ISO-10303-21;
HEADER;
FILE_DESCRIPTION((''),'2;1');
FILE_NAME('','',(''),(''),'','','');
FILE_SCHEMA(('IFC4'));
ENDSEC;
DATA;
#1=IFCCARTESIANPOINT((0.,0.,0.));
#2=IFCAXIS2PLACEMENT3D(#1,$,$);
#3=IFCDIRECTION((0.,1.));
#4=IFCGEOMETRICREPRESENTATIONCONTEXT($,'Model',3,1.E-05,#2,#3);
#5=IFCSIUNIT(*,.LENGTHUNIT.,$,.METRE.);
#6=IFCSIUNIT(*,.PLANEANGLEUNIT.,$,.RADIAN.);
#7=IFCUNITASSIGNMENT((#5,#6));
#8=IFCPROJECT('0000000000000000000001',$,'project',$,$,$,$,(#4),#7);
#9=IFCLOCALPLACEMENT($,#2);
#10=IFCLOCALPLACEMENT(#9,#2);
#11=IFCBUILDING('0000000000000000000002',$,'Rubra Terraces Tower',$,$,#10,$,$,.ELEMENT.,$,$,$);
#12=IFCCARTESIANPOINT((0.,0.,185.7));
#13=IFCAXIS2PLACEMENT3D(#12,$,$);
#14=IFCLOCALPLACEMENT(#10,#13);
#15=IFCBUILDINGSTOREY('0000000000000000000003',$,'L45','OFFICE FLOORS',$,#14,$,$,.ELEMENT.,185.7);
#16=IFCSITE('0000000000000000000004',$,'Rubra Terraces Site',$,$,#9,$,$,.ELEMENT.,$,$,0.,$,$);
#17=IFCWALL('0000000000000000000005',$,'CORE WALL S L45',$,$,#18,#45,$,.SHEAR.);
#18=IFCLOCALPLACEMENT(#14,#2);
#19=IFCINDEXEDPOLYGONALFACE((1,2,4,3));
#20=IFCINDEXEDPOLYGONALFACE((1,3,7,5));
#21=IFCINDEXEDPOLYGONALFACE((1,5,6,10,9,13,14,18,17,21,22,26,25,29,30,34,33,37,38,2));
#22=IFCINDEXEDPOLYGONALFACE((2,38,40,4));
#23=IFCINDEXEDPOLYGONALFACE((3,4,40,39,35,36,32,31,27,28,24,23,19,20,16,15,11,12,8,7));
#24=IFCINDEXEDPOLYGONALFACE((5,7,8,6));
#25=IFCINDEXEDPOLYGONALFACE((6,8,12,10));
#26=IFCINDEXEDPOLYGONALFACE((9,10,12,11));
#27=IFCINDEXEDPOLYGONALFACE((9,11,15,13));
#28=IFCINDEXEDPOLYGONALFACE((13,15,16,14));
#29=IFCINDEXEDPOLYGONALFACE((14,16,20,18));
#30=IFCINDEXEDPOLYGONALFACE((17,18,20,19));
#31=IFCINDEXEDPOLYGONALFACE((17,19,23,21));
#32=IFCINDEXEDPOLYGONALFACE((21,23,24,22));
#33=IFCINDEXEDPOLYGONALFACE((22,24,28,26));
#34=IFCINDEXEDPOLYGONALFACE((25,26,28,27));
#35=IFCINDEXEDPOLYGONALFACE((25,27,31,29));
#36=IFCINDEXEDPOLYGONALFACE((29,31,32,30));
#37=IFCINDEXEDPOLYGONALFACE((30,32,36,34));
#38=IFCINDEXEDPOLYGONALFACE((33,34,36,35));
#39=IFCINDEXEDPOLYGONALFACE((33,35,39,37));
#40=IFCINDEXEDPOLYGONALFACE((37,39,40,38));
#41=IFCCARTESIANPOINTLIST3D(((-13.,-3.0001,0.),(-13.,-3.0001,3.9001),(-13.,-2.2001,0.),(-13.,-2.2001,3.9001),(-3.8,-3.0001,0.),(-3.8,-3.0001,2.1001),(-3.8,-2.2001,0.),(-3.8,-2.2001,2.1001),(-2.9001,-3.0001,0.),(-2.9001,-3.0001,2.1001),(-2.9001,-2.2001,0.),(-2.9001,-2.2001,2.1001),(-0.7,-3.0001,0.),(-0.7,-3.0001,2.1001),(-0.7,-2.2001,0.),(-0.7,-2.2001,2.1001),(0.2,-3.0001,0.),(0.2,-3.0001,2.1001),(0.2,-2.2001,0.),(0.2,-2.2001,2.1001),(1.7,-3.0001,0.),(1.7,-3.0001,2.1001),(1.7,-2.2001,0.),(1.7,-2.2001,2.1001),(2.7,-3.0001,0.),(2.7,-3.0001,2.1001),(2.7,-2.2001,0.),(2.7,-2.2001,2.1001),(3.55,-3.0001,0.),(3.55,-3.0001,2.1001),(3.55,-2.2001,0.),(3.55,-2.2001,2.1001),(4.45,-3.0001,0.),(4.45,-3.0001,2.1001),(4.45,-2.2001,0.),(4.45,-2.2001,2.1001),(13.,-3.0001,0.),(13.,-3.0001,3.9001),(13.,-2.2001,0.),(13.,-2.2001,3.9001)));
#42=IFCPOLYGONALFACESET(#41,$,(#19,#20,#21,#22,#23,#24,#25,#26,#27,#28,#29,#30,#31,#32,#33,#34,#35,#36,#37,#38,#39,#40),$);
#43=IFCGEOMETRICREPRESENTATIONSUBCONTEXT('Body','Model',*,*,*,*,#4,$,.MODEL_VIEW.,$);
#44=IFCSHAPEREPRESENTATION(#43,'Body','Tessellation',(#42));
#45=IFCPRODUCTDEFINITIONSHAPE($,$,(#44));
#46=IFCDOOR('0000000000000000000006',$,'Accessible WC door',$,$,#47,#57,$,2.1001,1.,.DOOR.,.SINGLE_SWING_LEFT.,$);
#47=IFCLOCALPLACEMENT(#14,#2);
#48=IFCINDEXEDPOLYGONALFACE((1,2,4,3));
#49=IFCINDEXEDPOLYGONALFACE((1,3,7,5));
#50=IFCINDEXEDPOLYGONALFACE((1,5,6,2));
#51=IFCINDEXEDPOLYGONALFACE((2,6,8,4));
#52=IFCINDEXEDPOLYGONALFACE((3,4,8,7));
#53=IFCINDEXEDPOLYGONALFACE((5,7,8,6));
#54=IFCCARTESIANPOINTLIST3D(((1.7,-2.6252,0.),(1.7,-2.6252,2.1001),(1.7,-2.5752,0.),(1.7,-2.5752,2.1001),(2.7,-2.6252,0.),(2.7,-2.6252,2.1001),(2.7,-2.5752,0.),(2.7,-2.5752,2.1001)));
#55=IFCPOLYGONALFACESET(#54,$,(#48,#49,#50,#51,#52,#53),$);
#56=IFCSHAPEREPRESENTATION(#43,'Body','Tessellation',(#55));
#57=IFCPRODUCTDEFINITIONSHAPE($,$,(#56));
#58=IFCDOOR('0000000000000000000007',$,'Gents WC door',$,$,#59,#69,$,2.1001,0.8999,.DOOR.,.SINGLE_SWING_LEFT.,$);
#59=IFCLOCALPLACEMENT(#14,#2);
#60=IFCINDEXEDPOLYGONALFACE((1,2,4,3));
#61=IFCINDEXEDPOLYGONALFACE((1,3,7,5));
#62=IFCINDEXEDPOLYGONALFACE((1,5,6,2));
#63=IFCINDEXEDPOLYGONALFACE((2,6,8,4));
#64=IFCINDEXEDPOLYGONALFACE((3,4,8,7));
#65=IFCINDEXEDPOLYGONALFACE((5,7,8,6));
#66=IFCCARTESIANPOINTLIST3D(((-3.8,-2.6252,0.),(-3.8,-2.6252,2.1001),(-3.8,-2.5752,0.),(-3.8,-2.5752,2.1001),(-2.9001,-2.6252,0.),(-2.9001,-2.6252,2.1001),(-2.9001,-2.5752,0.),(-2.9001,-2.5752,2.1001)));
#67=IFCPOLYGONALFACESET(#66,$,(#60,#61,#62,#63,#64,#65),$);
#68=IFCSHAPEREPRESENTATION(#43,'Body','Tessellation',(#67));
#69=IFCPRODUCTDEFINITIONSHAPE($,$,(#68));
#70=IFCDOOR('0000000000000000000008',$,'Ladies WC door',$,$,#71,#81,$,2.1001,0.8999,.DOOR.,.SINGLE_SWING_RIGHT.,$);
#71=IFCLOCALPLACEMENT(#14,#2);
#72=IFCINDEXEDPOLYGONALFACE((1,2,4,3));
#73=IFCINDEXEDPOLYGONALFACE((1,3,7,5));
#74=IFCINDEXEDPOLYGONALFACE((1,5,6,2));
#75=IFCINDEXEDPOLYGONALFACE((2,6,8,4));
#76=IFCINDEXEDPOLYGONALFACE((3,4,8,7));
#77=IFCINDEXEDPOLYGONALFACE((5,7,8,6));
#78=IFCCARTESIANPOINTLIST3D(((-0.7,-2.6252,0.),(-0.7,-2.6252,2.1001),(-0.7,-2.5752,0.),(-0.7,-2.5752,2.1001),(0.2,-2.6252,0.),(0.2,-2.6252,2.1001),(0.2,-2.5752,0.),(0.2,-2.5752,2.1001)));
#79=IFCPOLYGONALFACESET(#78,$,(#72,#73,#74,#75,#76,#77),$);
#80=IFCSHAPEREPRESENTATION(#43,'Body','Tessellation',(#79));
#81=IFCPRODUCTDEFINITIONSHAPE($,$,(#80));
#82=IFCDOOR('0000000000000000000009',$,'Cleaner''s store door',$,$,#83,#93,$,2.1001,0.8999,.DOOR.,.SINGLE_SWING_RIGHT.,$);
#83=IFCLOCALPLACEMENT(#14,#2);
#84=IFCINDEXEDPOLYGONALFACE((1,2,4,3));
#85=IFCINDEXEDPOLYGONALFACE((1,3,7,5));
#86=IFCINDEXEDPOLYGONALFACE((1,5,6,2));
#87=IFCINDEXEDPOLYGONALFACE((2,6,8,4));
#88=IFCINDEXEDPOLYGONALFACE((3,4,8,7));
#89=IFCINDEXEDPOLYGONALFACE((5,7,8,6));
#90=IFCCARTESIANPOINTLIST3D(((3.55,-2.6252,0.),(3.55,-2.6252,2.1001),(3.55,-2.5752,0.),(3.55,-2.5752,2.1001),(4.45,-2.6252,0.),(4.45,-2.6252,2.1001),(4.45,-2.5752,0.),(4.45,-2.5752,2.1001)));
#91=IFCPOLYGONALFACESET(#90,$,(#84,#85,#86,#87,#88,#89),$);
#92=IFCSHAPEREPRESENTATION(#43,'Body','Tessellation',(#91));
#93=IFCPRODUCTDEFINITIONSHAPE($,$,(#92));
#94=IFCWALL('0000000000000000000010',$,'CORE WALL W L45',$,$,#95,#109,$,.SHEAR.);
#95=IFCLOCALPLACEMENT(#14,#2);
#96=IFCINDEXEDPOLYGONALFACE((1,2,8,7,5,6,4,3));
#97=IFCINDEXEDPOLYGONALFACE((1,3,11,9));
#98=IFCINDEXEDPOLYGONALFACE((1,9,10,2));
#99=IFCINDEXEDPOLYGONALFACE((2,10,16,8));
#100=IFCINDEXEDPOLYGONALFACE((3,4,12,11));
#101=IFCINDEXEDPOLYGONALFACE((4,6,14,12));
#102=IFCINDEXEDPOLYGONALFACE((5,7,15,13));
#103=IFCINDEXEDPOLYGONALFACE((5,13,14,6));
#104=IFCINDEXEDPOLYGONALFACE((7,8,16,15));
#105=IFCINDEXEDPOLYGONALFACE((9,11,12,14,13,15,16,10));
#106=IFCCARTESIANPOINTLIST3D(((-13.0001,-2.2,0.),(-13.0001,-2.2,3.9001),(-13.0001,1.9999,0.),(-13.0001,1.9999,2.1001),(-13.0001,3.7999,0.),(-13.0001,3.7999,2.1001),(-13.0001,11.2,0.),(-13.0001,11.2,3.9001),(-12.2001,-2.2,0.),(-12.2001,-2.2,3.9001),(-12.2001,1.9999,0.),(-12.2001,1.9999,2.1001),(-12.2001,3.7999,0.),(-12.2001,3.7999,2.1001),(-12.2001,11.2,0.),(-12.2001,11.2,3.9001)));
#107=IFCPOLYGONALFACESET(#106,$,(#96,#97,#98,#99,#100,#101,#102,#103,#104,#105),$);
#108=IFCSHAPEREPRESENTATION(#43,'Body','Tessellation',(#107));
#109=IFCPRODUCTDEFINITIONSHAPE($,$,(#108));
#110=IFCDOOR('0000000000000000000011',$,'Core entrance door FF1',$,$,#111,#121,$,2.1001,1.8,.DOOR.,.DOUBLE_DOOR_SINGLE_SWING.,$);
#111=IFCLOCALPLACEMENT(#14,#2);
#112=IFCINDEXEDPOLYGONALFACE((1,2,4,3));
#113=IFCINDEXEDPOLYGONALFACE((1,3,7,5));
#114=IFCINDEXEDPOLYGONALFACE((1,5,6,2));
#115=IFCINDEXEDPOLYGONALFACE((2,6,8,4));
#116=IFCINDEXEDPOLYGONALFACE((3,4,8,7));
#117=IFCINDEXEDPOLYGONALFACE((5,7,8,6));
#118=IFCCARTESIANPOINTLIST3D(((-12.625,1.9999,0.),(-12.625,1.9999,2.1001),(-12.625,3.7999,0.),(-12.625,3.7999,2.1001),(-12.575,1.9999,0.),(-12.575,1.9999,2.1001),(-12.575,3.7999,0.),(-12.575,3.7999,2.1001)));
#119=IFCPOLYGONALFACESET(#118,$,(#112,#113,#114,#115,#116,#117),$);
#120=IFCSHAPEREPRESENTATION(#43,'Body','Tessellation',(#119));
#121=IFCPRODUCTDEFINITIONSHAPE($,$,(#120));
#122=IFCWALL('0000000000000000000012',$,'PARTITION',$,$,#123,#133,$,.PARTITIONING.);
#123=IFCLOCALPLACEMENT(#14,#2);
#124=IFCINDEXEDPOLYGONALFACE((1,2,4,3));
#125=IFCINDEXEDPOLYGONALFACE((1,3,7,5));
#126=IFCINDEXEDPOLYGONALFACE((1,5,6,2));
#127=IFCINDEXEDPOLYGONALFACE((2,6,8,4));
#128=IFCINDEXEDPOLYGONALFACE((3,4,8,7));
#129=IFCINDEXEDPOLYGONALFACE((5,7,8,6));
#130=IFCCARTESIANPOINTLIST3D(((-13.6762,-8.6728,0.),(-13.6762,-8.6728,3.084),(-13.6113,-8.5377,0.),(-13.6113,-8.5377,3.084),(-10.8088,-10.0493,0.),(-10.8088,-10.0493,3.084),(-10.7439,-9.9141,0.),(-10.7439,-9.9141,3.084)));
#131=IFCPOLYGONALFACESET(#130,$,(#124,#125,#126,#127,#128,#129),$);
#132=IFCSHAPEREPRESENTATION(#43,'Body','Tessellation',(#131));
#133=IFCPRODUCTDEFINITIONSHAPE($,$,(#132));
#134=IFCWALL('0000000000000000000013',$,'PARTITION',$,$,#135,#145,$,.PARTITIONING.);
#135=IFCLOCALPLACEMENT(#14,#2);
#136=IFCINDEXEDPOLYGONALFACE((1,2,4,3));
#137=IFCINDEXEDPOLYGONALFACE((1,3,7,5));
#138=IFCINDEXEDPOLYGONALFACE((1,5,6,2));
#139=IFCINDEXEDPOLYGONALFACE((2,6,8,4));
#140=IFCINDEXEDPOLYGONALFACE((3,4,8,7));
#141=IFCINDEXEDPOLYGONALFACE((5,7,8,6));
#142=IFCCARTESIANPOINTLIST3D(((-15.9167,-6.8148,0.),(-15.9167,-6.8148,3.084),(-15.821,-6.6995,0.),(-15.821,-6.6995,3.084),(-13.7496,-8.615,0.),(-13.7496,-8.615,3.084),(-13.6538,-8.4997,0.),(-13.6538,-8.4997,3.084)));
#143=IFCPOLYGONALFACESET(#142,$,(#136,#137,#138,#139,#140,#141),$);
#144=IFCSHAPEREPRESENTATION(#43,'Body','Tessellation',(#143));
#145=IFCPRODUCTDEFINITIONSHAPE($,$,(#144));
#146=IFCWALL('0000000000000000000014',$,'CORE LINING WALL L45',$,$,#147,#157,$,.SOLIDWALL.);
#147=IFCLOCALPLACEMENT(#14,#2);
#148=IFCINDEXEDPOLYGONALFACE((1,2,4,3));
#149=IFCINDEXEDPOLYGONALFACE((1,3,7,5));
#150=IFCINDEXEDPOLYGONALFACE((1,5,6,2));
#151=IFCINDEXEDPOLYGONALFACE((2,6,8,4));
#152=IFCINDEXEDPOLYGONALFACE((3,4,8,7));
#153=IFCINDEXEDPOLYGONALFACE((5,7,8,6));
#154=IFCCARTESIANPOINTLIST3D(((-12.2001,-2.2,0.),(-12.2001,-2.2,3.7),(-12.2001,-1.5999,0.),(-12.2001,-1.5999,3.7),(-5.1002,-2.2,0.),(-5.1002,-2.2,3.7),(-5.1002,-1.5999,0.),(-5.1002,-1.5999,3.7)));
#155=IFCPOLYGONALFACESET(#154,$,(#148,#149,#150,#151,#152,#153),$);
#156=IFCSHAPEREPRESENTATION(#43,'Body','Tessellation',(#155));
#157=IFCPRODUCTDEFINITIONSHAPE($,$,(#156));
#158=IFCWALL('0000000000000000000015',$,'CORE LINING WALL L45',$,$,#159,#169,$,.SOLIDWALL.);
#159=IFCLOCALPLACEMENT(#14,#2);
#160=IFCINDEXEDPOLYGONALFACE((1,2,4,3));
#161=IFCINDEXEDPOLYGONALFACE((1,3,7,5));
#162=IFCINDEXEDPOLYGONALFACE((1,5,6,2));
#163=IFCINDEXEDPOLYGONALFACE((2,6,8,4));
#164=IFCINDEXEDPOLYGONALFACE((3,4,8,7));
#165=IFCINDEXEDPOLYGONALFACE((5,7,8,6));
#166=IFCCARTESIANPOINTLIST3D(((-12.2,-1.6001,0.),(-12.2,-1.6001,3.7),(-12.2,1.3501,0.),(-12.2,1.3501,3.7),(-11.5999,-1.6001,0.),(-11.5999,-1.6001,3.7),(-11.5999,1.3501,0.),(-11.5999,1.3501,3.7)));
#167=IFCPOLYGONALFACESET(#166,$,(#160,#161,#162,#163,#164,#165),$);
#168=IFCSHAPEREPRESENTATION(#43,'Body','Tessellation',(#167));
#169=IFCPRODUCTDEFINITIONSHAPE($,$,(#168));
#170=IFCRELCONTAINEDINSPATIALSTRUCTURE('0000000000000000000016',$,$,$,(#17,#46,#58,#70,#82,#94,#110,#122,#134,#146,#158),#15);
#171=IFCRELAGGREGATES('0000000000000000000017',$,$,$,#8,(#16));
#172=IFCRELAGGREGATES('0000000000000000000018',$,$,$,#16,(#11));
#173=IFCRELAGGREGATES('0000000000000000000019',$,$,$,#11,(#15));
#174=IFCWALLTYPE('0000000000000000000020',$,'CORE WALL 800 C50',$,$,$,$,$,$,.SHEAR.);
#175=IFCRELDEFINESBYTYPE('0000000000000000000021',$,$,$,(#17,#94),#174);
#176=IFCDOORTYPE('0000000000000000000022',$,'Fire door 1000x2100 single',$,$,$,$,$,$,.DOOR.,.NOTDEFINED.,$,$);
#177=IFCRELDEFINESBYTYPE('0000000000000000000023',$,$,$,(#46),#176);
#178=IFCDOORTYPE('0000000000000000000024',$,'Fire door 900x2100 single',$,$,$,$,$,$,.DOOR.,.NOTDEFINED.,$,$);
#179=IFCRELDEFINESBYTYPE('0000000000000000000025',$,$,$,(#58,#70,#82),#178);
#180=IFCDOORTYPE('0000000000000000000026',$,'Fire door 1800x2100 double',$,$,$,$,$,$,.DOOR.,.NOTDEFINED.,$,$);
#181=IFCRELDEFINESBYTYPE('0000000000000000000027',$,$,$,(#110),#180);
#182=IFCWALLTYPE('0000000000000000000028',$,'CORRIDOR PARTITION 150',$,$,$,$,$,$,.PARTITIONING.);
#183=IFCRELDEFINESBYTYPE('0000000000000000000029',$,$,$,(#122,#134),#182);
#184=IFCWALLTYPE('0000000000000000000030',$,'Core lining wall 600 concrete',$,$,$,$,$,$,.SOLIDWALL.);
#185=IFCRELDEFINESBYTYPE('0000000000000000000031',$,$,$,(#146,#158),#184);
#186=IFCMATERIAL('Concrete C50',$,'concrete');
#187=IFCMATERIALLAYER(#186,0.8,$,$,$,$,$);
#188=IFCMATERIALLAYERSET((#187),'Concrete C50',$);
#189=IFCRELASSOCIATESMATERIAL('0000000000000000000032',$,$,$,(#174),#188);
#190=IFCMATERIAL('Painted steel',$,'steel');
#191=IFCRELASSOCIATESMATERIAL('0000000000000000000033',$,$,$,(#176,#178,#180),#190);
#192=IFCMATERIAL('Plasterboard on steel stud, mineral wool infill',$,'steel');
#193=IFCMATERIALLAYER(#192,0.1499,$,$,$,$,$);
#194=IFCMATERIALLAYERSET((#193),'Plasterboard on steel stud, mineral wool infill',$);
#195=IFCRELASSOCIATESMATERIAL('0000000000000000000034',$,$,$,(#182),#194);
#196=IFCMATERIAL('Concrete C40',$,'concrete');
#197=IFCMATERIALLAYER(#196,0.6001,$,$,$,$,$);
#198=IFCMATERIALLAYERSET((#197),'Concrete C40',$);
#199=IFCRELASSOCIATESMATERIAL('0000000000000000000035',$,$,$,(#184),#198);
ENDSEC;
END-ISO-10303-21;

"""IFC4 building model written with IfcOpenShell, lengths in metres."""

from ifc_helpers import new_model, si_unit, direction, frame, frame_2d, origin, place, context, subcontext, project, spatial, rectangle, extrude, material, layer, layer_set, type_object, element, fill, save


model = new_model("IFC4")

# Units and contexts
model_context = context("Model", 3, precision=1e-05, world=origin(), true_north=direction((0.0, 1.0)))
body_context = subcontext(model_context, "Body", "Model", "MODEL_VIEW")
ifc_project = project(units=[si_unit("LENGTHUNIT", "METRE"), si_unit("PLANEANGLEUNIT", "RADIAN")], contexts=[model_context])

# Site, building, storey
site_placement = place(None, origin())
site = spatial("IfcSite", under=ifc_project, at=site_placement, Name="Rubra Terraces Site", CompositionType="ELEMENT", RefElevation=0.0)
building_placement = place(site_placement, origin())
building = spatial("IfcBuilding", under=site, at=building_placement, Name="Rubra Terraces Tower", CompositionType="ELEMENT")
storey_placement = place(building_placement, frame((0.0, 0.0, 185.7)))
storey = spatial("IfcBuildingStorey", under=building, at=storey_placement, Name="L45", Description="OFFICE FLOORS", CompositionType="ELEMENT", Elevation=185.7)

# Wall, openings, doors
ifc_material_1 = material(Name="Concrete C50", Category="concrete")
ifc_layer_1 = layer(ifc_material_1, 0.8)
ifc_layer_set_1 = layer_set([ifc_layer_1], Name="Concrete C50")
wall_type_1 = type_object("IfcWallType", Name="CORE WALL 800 C50", PredefinedType="SHEAR", material=ifc_layer_set_1)
wall_1_placement = place(storey_placement, frame((-13.0, -2.6001, 0.0), z_axis=(0.0, 0.0, 1.0), x_axis=(1.0, 0.0, 0.0)))
wall_1 = element("IfcWall", 1, at=wall_1_placement, inside=storey, type_object=wall_type_1, Name="CORE WALL S L45", PredefinedType="SHEAR", context=body_context, shape_type="SweptSolid", body=[
    extrude(rectangle(XDim=26.0, YDim=0.8, at=frame_2d((13.0, 0.0))), origin(), (0.0, 0.0, 1.0), 3.9001),
])
opening_1_placement = place(wall_1_placement, frame((9.2, 0.0, 0.0)))
opening_1 = element("IfcOpeningElement", 2, at=opening_1_placement, cuts=wall_1, PredefinedType="OPENING", context=body_context, shape_type="SweptSolid", body=[
    extrude(rectangle(XDim=0.8999, YDim=2.1001, at=frame_2d((0.45, 1.05))), frame((0.0, 0.4099, 0.0), z_axis=(0.0, -1.0, 0.0), x_axis=(1.0, 0.0, 0.0)), (0.0, 0.0, 1.0), 0.8201),
])
opening_2_placement = place(wall_1_placement, frame((12.3, 0.0, 0.0)))
opening_2 = element("IfcOpeningElement", 3, at=opening_2_placement, cuts=wall_1, PredefinedType="OPENING", context=body_context, shape_type="SweptSolid", body=[
    extrude(rectangle(XDim=0.8999, YDim=2.1001, at=frame_2d((0.45, 1.05))), frame((0.0, 0.4099, 0.0), z_axis=(0.0, -1.0, 0.0), x_axis=(1.0, 0.0, 0.0)), (0.0, 0.0, 1.0), 0.8201),
])
opening_3_placement = place(wall_1_placement, frame((14.7, 0.0, 0.0)))
opening_3 = element("IfcOpeningElement", 4, at=opening_3_placement, cuts=wall_1, PredefinedType="OPENING", context=body_context, shape_type="SweptSolid", body=[
    extrude(rectangle(XDim=1.0, YDim=2.1001, at=frame_2d((0.5, 1.05))), frame((0.0, 0.4099, 0.0), z_axis=(0.0, -1.0, 0.0), x_axis=(1.0, 0.0, 0.0)), (0.0, 0.0, 1.0), 0.8201),
])
opening_4_placement = place(wall_1_placement, frame((16.55, 0.0, 0.0)))
opening_4 = element("IfcOpeningElement", 5, at=opening_4_placement, cuts=wall_1, PredefinedType="OPENING", context=body_context, shape_type="SweptSolid", body=[
    extrude(rectangle(XDim=0.8999, YDim=2.1001, at=frame_2d((0.45, 1.05))), frame((0.0, 0.4099, 0.0), z_axis=(0.0, -1.0, 0.0), x_axis=(1.0, 0.0, 0.0)), (0.0, 0.0, 1.0), 0.8201),
])
ifc_material_2 = material(Name="Painted steel", Category="steel")
door_type_1 = type_object("IfcDoorType", Name="Fire door 1000x2100 single", OperationType="NOTDEFINED", PredefinedType="DOOR", material=ifc_material_2)
door_1_placement = place(opening_3_placement, origin())
door_1 = element("IfcDoor", 6, at=door_1_placement, inside=storey, type_object=door_type_1, Name="Accessible WC door", OperationType="SINGLE_SWING_LEFT", OverallHeight=2.1001, OverallWidth=1.0, PredefinedType="DOOR", context=body_context, shape_type="SweptSolid", body=[
    extrude(rectangle(XDim=1.0, YDim=2.1001, at=frame_2d((0.5, 1.05))), frame((0.0, 0.0249, 0.0), z_axis=(0.0, -1.0, 0.0), x_axis=(1.0, 0.0, 0.0)), (0.0, 0.0, 1.0), 0.05),
])
fill(opening_3, door_1)
door_type_2 = type_object("IfcDoorType", Name="Fire door 900x2100 single", OperationType="NOTDEFINED", PredefinedType="DOOR", material=ifc_material_2)
door_2_placement = place(opening_1_placement, origin())
door_2 = element("IfcDoor", 7, at=door_2_placement, inside=storey, type_object=door_type_2, Name="Gents WC door", OperationType="SINGLE_SWING_LEFT", OverallHeight=2.1001, OverallWidth=0.8999, PredefinedType="DOOR", context=body_context, shape_type="SweptSolid", body=[
    extrude(rectangle(XDim=0.8999, YDim=2.1001, at=frame_2d((0.45, 1.05))), frame((0.0, 0.0249, 0.0), z_axis=(0.0, -1.0, 0.0), x_axis=(1.0, 0.0, 0.0)), (0.0, 0.0, 1.0), 0.05),
])
fill(opening_1, door_2)
door_3_placement = place(opening_2_placement, origin())
door_3 = element("IfcDoor", 8, at=door_3_placement, inside=storey, type_object=door_type_2, Name="Ladies WC door", OperationType="SINGLE_SWING_RIGHT", OverallHeight=2.1001, OverallWidth=0.8999, PredefinedType="DOOR", context=body_context, shape_type="SweptSolid", body=[
    extrude(rectangle(XDim=0.8999, YDim=2.1001, at=frame_2d((0.45, 1.05))), frame((0.0, 0.0249, 0.0), z_axis=(0.0, -1.0, 0.0), x_axis=(1.0, 0.0, 0.0)), (0.0, 0.0, 1.0), 0.05),
])
fill(opening_2, door_3)
door_4_placement = place(opening_4_placement, origin())
door_4 = element("IfcDoor", 9, at=door_4_placement, inside=storey, type_object=door_type_2, Name="Cleaner's store door", OperationType="SINGLE_SWING_RIGHT", OverallHeight=2.1001, OverallWidth=0.8999, PredefinedType="DOOR", context=body_context, shape_type="SweptSolid", body=[
    extrude(rectangle(XDim=0.8999, YDim=2.1001, at=frame_2d((0.45, 1.05))), frame((0.0, 0.0249, 0.0), z_axis=(0.0, -1.0, 0.0), x_axis=(1.0, 0.0, 0.0)), (0.0, 0.0, 1.0), 0.05),
])
fill(opening_4, door_4)

# Wall, opening, door
wall_2_placement = place(storey_placement, frame((-12.6001, -2.2, 0.0), z_axis=(0.0, 0.0, 1.0), x_axis=(0.0, 1.0, 0.0)))
wall_2 = element("IfcWall", 10, at=wall_2_placement, inside=storey, type_object=wall_type_1, Name="CORE WALL W L45", PredefinedType="SHEAR", context=body_context, shape_type="SweptSolid", body=[
    extrude(rectangle(XDim=13.3999, YDim=0.8, at=frame_2d((6.7, 0.0))), origin(), (0.0, 0.0, 1.0), 3.9001),
])
opening_5_placement = place(wall_2_placement, frame((4.2, 0.0, 0.0)))
opening_5 = element("IfcOpeningElement", 11, at=opening_5_placement, cuts=wall_2, PredefinedType="OPENING", context=body_context, shape_type="SweptSolid", body=[
    extrude(rectangle(XDim=1.8, YDim=2.1001, at=frame_2d((0.8999, 1.05))), frame((0.0, 0.4099, 0.0), z_axis=(0.0, -1.0, 0.0), x_axis=(1.0, 0.0, 0.0)), (0.0, 0.0, 1.0), 0.8201),
])
door_type_3 = type_object("IfcDoorType", Name="Fire door 1800x2100 double", OperationType="NOTDEFINED", PredefinedType="DOOR", material=ifc_material_2)
door_5_placement = place(opening_5_placement, origin())
door_5 = element("IfcDoor", 12, at=door_5_placement, inside=storey, type_object=door_type_3, Name="Core entrance door FF1", OperationType="DOUBLE_DOOR_SINGLE_SWING", OverallHeight=2.1001, OverallWidth=1.8, PredefinedType="DOOR", context=body_context, shape_type="SweptSolid", body=[
    extrude(rectangle(XDim=1.8, YDim=2.1001, at=frame_2d((0.8999, 1.05))), frame((0.0, 0.0249, 0.0), z_axis=(0.0, -1.0, 0.0), x_axis=(1.0, 0.0, 0.0)), (0.0, 0.0, 1.0), 0.05),
])
fill(opening_5, door_5)

# Walls
ifc_material_3 = material(Name="Plasterboard on steel stud, mineral wool infill", Category="steel")
ifc_layer_2 = layer(ifc_material_3, 0.1499)
ifc_layer_set_2 = layer_set([ifc_layer_2], Name="Plasterboard on steel stud, mineral wool infill")
wall_type_2 = type_object("IfcWallType", Name="CORRIDOR PARTITION 150", PredefinedType="PARTITIONING", material=ifc_layer_set_2)
wall_3_placement = place(storey_placement, frame((-10.7764, -9.9817, 0.0), z_axis=(0.0, 0.0, 1.0), x_axis=(-0.901511, 0.432756, 0.0)))
element("IfcWall", 13, at=wall_3_placement, inside=storey, type_object=wall_type_2, Name="PARTITION", PredefinedType="PARTITIONING", context=body_context, shape_type="SweptSolid", body=[
    extrude(rectangle(XDim=3.1807, YDim=0.1499, at=frame_2d((1.5903, 0.0))), origin(), (0.0, 0.0, 1.0), 3.084),
])
wall_4_placement = place(storey_placement, frame((-13.7017, -8.5574, 0.0), z_axis=(0.0, 0.0, 1.0), x_axis=(-0.769222, 0.638982, 0.0)))
element("IfcWall", 14, at=wall_4_placement, inside=storey, type_object=wall_type_2, Name="PARTITION", PredefinedType="PARTITIONING", context=body_context, shape_type="SweptSolid", body=[
    extrude(rectangle(XDim=2.8174, YDim=0.1499, at=frame_2d((1.4087, 0.0))), origin(), (0.0, 0.0, 1.0), 3.084),
])
ifc_material_4 = material(Name="Concrete C40", Category="concrete")
ifc_layer_3 = layer(ifc_material_4, 0.6001)
ifc_layer_set_3 = layer_set([ifc_layer_3], Name="Concrete C40")
wall_type_3 = type_object("IfcWallType", Name="Core lining wall 600 concrete", PredefinedType="SOLIDWALL", material=ifc_layer_set_3)
wall_5_placement = place(storey_placement, frame((-12.2, -1.8999, 0.0), z_axis=(0.0, 0.0, 1.0), x_axis=(1.0, 0.0, 0.0)))
element("IfcWall", 15, at=wall_5_placement, inside=storey, type_object=wall_type_3, Name="CORE LINING WALL L45", PredefinedType="SOLIDWALL", context=body_context, shape_type="SweptSolid", body=[
    extrude(rectangle(XDim=7.0999, YDim=0.6001, at=frame_2d((3.5498, 0.0))), origin(), (0.0, 0.0, 1.0), 3.7),
])
wall_6_placement = place(storey_placement, frame((-11.8999, -1.6001, 0.0), z_axis=(0.0, 0.0, 1.0), x_axis=(0.0, 1.0, 0.0)))
element("IfcWall", 16, at=wall_6_placement, inside=storey, type_object=wall_type_3, Name="CORE LINING WALL L45", PredefinedType="SOLIDWALL", context=body_context, shape_type="SweptSolid", body=[
    extrude(rectangle(XDim=2.9502, YDim=0.6001, at=frame_2d((1.4751, 0.0))), origin(), (0.0, 0.0, 1.0), 3.7),
])

save(model, "model.ifc")
